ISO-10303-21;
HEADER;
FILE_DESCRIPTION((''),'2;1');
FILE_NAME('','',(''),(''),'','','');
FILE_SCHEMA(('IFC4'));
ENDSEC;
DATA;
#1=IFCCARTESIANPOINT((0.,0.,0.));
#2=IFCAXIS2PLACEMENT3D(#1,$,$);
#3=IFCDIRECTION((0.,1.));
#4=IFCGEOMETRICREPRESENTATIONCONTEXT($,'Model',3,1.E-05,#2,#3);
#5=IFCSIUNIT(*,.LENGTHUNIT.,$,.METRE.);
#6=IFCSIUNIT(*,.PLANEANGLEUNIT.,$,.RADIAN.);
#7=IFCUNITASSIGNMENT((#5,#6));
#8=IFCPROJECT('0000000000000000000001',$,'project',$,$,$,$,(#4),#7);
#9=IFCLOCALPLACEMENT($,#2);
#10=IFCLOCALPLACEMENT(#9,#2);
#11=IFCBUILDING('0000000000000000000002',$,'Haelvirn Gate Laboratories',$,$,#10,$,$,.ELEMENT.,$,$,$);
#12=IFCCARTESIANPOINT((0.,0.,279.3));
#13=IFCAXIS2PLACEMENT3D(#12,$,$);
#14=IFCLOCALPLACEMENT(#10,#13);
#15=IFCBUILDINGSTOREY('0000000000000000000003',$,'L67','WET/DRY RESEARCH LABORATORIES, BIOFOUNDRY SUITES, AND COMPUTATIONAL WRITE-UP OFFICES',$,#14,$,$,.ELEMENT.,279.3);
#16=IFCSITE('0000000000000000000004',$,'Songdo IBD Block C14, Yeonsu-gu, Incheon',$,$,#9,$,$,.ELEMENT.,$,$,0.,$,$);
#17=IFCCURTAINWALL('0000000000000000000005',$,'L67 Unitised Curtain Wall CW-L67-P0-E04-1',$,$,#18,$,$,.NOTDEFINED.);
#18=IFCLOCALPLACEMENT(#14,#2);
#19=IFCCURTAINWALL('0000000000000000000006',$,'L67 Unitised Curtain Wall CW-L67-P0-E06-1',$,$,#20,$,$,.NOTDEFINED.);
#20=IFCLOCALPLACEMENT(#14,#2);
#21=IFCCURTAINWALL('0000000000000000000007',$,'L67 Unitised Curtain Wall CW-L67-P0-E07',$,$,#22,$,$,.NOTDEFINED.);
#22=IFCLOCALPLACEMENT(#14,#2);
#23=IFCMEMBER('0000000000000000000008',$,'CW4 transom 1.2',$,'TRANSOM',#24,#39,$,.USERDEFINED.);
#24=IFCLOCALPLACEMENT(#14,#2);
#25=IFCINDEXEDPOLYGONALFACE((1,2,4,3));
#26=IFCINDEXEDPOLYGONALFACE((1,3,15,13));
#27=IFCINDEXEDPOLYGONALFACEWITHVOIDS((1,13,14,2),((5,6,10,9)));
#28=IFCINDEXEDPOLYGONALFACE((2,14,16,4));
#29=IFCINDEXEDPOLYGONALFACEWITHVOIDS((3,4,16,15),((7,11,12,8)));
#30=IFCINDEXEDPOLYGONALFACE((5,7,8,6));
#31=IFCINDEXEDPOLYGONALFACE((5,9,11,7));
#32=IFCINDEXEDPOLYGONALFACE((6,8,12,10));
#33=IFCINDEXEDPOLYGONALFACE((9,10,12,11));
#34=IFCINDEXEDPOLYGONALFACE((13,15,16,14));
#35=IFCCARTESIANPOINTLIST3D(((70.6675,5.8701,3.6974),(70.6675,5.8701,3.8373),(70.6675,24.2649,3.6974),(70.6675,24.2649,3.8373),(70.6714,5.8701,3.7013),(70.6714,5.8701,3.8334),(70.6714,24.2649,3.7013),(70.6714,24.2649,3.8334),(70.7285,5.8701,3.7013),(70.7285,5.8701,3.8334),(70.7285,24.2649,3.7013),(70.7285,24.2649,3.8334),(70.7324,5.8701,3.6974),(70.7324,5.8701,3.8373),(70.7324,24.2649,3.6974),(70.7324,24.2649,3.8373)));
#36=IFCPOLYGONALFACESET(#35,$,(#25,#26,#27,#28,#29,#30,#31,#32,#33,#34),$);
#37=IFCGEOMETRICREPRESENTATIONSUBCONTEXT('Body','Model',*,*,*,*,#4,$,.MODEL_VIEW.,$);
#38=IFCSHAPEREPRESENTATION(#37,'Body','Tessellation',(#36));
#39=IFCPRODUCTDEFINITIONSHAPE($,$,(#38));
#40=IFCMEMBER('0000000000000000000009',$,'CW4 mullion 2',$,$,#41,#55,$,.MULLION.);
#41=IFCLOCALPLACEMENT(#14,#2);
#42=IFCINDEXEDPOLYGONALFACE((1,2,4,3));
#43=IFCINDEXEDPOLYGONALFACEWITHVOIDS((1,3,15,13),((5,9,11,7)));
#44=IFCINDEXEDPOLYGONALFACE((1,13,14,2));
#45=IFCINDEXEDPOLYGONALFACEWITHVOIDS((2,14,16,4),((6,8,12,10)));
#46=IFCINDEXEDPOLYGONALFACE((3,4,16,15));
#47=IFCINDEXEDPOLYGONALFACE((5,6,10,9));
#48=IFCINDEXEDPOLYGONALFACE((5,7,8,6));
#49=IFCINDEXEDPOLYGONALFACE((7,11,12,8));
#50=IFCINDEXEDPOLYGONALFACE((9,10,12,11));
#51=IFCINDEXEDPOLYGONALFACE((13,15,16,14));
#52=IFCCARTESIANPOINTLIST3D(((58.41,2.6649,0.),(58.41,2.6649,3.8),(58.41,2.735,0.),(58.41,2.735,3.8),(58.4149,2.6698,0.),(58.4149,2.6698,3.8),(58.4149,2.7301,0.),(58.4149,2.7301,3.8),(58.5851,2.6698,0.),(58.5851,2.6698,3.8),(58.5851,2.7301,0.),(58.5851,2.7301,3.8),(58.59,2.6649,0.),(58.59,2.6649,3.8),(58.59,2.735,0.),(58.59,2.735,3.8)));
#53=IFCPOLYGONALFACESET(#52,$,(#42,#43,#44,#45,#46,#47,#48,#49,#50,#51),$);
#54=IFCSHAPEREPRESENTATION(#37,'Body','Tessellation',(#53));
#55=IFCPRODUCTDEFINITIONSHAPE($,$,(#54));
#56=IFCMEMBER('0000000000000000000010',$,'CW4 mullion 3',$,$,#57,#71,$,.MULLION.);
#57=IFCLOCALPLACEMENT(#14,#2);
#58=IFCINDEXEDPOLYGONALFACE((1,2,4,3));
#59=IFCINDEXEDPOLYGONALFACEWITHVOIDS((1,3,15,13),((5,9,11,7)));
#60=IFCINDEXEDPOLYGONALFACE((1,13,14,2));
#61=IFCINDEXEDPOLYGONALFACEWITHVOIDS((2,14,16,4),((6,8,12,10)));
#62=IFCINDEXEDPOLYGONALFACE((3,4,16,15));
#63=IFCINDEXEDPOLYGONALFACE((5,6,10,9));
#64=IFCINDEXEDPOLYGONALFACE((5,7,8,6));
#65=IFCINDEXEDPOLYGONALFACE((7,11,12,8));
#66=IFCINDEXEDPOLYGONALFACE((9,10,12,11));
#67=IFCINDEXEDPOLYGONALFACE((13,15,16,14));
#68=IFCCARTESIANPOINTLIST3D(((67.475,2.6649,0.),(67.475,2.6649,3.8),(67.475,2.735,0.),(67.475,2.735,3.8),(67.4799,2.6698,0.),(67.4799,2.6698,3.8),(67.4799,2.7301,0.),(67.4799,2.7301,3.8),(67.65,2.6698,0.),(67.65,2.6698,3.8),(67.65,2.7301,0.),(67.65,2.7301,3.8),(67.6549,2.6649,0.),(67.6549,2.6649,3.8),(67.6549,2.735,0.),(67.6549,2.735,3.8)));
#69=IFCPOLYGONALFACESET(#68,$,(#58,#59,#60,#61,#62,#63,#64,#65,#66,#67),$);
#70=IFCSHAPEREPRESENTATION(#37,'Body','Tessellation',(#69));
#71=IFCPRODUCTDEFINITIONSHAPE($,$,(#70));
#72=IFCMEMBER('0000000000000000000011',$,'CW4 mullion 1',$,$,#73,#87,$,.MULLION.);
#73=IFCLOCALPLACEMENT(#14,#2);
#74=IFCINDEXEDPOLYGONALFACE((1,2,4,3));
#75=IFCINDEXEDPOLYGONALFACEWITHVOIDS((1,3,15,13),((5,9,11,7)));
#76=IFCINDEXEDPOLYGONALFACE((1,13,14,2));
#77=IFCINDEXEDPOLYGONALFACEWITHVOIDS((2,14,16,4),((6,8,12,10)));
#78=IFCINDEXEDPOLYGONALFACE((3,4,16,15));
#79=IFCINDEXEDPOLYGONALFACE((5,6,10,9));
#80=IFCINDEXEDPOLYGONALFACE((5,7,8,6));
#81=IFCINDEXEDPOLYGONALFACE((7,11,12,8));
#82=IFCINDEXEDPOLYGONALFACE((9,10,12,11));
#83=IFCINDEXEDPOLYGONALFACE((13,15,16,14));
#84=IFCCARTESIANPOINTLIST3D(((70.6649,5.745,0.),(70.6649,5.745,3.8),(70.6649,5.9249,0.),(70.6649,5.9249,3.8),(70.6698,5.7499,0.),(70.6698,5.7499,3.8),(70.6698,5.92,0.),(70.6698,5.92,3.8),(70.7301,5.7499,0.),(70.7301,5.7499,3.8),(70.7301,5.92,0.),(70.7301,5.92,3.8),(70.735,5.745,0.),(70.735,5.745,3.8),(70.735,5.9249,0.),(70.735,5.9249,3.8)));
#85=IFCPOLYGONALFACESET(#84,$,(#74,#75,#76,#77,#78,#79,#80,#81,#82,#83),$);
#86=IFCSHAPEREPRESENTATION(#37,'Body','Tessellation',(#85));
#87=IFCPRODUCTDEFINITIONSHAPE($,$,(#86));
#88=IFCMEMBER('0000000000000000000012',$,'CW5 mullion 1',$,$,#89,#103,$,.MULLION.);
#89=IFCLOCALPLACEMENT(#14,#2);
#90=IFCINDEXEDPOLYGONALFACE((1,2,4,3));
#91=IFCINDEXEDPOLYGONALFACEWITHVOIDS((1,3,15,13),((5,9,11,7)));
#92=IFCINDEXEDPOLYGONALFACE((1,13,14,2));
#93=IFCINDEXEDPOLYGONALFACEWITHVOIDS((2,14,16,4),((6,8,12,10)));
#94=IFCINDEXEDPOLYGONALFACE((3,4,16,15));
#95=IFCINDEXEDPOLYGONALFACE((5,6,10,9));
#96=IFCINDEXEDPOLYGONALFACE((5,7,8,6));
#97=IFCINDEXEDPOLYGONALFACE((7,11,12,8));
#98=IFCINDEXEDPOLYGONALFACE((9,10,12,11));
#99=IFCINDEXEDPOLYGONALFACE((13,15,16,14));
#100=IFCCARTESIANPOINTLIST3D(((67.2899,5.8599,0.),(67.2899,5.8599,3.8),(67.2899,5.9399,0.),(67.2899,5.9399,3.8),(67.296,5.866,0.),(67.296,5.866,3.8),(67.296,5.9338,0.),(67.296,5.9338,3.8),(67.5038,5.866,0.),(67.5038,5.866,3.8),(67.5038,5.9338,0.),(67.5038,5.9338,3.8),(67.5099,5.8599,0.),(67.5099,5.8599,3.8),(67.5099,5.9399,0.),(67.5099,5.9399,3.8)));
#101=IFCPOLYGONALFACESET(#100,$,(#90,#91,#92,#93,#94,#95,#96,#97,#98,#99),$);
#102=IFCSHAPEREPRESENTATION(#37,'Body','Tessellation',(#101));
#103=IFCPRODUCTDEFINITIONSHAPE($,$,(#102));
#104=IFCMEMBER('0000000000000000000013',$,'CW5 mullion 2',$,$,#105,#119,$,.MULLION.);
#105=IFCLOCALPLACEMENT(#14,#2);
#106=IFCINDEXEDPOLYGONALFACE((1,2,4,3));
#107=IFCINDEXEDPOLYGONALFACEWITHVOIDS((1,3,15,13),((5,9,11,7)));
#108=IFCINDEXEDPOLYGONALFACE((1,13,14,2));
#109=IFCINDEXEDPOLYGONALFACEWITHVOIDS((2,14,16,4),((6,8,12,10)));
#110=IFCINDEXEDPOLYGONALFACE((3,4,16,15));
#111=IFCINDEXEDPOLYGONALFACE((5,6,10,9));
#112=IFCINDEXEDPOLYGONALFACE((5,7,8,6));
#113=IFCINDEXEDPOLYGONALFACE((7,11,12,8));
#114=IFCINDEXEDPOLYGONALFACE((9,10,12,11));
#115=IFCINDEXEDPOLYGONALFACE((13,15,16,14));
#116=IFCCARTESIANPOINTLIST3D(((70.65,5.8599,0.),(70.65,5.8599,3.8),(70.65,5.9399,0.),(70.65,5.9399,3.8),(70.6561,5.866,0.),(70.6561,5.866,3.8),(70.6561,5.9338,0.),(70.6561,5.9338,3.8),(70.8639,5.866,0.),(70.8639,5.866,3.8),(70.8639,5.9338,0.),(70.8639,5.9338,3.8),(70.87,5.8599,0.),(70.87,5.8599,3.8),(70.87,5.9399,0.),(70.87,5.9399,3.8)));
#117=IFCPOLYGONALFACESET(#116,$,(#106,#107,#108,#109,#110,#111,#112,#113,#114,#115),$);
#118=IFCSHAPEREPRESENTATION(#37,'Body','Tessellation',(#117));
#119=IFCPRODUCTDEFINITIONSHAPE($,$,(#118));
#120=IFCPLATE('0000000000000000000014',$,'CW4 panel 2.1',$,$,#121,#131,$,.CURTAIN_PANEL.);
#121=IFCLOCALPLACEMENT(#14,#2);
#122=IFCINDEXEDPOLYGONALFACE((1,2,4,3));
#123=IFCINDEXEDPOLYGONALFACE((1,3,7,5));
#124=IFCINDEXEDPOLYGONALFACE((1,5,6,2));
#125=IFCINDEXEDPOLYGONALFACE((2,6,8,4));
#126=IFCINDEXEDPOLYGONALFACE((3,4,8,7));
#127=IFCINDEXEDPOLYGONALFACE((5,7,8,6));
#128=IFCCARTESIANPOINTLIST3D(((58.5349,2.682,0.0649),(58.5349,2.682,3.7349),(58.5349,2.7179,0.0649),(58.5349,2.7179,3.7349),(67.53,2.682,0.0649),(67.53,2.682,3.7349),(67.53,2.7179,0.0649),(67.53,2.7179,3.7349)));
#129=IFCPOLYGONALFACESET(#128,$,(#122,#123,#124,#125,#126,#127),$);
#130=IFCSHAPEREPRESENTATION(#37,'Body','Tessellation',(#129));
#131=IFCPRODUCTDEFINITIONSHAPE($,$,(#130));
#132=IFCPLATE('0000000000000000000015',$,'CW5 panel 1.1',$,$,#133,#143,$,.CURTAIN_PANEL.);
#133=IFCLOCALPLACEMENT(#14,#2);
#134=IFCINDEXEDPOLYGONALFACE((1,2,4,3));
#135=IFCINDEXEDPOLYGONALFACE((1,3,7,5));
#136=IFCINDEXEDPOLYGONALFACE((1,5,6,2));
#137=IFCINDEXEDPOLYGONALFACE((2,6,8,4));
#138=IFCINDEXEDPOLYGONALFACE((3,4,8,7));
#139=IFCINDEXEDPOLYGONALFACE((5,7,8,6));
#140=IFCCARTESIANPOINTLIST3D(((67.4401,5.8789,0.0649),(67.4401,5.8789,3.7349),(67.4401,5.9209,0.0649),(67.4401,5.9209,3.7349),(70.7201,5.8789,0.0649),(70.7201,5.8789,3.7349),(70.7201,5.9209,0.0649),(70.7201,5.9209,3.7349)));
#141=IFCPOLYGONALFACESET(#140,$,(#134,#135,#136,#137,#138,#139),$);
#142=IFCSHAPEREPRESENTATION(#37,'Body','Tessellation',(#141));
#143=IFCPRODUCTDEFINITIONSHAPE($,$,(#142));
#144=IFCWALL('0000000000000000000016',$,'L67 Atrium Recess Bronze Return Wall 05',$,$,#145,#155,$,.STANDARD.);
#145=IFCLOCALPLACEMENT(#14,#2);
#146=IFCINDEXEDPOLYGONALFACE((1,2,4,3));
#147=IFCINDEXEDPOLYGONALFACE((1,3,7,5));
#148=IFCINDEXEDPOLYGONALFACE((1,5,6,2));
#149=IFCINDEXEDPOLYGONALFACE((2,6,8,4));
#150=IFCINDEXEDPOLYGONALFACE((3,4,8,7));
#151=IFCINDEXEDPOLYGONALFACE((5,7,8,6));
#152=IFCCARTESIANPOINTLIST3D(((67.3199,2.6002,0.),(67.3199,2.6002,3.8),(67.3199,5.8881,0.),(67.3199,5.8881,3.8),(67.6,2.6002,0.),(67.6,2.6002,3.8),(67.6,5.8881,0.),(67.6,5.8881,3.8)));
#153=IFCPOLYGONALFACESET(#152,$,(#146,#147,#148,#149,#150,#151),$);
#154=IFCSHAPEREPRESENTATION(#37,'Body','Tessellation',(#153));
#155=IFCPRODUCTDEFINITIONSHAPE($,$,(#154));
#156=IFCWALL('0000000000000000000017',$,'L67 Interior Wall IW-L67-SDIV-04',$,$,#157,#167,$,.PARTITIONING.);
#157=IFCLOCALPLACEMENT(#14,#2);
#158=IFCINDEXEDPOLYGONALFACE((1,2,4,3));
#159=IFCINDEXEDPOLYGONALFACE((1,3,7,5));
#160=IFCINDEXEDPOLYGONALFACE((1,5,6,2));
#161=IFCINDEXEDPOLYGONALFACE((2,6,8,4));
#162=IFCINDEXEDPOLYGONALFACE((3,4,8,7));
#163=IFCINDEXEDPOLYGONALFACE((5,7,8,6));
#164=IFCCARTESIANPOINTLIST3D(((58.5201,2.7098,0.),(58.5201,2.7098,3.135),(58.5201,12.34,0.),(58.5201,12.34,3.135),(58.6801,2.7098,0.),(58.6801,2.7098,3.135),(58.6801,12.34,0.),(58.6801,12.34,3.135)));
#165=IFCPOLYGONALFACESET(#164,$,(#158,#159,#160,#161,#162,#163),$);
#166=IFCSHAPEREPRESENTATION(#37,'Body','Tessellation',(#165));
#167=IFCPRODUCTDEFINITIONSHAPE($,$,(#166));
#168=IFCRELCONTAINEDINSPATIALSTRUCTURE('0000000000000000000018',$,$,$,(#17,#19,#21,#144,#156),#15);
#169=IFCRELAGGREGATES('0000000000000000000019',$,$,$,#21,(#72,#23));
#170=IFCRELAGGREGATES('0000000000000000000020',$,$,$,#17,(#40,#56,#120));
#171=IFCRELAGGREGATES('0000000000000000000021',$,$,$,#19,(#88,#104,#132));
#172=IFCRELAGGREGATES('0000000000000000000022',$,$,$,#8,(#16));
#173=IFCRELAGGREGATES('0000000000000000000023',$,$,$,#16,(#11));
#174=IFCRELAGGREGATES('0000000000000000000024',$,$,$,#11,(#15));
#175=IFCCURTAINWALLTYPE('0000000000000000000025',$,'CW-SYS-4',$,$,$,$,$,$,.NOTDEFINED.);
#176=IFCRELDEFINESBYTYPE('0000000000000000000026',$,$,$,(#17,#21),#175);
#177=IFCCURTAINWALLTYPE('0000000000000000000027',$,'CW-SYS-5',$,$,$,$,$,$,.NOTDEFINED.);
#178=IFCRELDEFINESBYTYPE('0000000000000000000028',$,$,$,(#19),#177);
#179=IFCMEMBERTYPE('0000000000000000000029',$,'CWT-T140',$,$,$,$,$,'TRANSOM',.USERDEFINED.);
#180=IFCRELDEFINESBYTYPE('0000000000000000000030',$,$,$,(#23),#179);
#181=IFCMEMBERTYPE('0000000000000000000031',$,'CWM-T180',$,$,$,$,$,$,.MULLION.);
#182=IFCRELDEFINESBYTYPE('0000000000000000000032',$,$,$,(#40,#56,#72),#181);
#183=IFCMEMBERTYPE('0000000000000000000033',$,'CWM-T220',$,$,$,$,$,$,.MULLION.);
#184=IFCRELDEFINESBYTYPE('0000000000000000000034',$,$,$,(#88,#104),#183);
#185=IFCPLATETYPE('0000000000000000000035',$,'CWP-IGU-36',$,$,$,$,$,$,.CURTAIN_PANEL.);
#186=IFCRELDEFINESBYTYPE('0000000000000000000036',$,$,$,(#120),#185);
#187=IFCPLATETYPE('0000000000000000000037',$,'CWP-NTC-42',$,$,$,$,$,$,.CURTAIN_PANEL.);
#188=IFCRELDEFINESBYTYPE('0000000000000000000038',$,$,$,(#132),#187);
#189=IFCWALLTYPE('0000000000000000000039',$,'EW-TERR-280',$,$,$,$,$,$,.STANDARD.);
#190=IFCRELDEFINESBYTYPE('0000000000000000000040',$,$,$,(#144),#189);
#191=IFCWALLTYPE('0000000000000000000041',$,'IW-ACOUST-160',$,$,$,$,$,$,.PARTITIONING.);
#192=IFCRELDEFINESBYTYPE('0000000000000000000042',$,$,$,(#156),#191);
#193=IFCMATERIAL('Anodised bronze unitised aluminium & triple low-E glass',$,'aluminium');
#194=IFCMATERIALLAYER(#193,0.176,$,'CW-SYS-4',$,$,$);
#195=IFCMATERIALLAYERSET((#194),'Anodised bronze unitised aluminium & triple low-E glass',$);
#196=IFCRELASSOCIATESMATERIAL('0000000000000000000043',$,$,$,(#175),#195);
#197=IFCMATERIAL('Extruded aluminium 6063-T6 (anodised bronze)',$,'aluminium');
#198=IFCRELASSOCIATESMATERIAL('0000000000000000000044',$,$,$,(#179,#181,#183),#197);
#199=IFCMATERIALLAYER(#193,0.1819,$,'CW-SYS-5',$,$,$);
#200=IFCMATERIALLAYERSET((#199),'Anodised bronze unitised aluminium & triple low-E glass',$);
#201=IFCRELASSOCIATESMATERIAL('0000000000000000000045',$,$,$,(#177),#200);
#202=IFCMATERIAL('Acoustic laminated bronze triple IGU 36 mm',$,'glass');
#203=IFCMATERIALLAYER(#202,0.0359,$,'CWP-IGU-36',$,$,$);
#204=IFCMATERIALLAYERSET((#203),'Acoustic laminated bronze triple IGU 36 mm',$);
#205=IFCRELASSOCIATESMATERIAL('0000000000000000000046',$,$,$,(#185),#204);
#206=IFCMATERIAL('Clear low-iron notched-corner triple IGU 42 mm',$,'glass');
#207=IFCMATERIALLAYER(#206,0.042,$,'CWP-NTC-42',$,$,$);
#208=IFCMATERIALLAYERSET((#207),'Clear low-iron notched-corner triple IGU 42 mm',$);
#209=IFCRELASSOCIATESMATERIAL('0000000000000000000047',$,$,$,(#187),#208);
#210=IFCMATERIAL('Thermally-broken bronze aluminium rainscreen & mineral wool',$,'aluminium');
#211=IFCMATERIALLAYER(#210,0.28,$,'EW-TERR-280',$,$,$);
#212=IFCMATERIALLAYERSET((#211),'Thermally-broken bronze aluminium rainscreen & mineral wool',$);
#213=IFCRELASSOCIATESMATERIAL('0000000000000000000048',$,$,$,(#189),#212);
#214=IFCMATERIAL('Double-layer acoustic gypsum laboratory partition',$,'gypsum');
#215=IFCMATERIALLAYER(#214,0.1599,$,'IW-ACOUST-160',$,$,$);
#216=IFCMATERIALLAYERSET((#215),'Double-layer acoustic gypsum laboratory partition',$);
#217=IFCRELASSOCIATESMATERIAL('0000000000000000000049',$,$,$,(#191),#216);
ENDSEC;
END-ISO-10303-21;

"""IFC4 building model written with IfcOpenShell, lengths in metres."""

from ifc_helpers import new_model, si_unit, direction, frame, frame_2d, origin, origin_2d, place, context, subcontext, project, spatial, rectangle, hollow_rectangle, extrude, source, transform, mapped, material, layer, layer_set, material_profile, profile_set, type_object, type_shapes, element, aggregate, save


model = new_model("IFC4")

# Units and contexts
model_context = context("Model", 3, precision=1e-05, world=origin(), true_north=direction((0.0, 1.0)))
body_context = subcontext(model_context, "Body", "Model", "MODEL_VIEW")
ifc_project = project(units=[si_unit("LENGTHUNIT", "METRE"), si_unit("PLANEANGLEUNIT", "RADIAN")], contexts=[model_context])

# Site, building, storey
site_placement = place(None, origin())
site = spatial("IfcSite", under=ifc_project, at=site_placement, Name="Songdo IBD Block C14, Yeonsu-gu, Incheon", CompositionType="ELEMENT", RefElevation=0.0)
building_placement = place(site_placement, origin())
building = spatial("IfcBuilding", under=site, at=building_placement, Name="Haelvirn Gate Laboratories", CompositionType="ELEMENT")
storey_placement = place(building_placement, frame((0.0, 0.0, 279.3)))
storey = spatial("IfcBuildingStorey", under=building, at=storey_placement, Name="L67", Description="WET/DRY RESEARCH LABORATORIES, BIOFOUNDRY SUITES, AND COMPUTATIONAL WRITE-UP OFFICES", CompositionType="ELEMENT", Elevation=279.3)

# Curtain walls, member
ifc_material_1 = material(Name="Anodised bronze unitised aluminium & triple low-E glass", Category="aluminium")
ifc_layer_1 = layer(ifc_material_1, 0.176, Name="CW-SYS-4")
ifc_layer_set_1 = layer_set([ifc_layer_1], Name="Anodised bronze unitised aluminium & triple low-E glass")
curtain_wall_type_1 = type_object("IfcCurtainWallType", Name="CW-SYS-4", PredefinedType="NOTDEFINED", material=ifc_layer_set_1)
curtain_wall_1_placement = place(storey_placement, origin())
curtain_wall_1 = element("IfcCurtainWall", 1, at=curtain_wall_1_placement, inside=storey, type_object=curtain_wall_type_1, Name="L67 Unitised Curtain Wall CW-L67-P0-E04-1", PredefinedType="NOTDEFINED")
ifc_material_2 = material(Name="Extruded aluminium 6063-T6 (anodised bronze)", Category="aluminium")
ifc_material_profile_1 = material_profile(ifc_material_2, hollow_rectangle(XDim=0.0649, YDim=0.1399, WallThickness=0.0039, at=origin_2d()), Name="CWT-140x65x4")
ifc_profile_set_1 = profile_set([ifc_material_profile_1], Name="Extruded aluminium 6063-T6 (anodised bronze)")
member_type_1 = type_object("IfcMemberType", Name="CWT-T140", ElementType="TRANSOM", PredefinedType="USERDEFINED", material=ifc_profile_set_1)
ifc_layer_2 = layer(ifc_material_1, 0.1819, Name="CW-SYS-5")
ifc_layer_set_2 = layer_set([ifc_layer_2], Name="Anodised bronze unitised aluminium & triple low-E glass")
curtain_wall_type_2 = type_object("IfcCurtainWallType", Name="CW-SYS-5", PredefinedType="NOTDEFINED", material=ifc_layer_set_2)
curtain_wall_2_placement = place(storey_placement, origin())
curtain_wall_2 = element("IfcCurtainWall", 2, at=curtain_wall_2_placement, inside=storey, type_object=curtain_wall_type_2, Name="L67 Unitised Curtain Wall CW-L67-P0-E06-1", PredefinedType="NOTDEFINED")
curtain_wall_3_placement = place(storey_placement, origin())
curtain_wall_3 = element("IfcCurtainWall", 3, at=curtain_wall_3_placement, inside=storey, type_object=curtain_wall_type_1, Name="L67 Unitised Curtain Wall CW-L67-P0-E07", PredefinedType="NOTDEFINED")
shared_shape_1 = source(origin(), body_context, "Body", "SweptSolid", [
    extrude(hollow_rectangle(XDim=0.0649, YDim=0.1399, WallThickness=0.0039, at=origin_2d()), origin(), (0.0, 0.0, 1.0), 18.3948),
])
member_1_placement = place(storey_placement, frame((70.7, 5.8701, 3.7673), z_axis=(0.0, 1.0, 0.0), x_axis=(-1.0, 0.0, 0.0)))
member_1 = element("IfcMember", 4, at=member_1_placement, type_object=member_type_1, Name="CW4 transom 1.2", ObjectType="TRANSOM", PredefinedType="USERDEFINED", context=body_context, shape_type="MappedRepresentation", body=[
    mapped(shared_shape_1, transform((0.0, 0.0, 0.0), scale=1.0)),
])

# Members
ifc_material_profile_2 = material_profile(ifc_material_2, hollow_rectangle(XDim=0.0701, YDim=0.1799, WallThickness=0.0049, at=origin_2d()), Name="CWM-180x70x5")
ifc_profile_set_2 = profile_set([ifc_material_profile_2], Name="Extruded aluminium 6063-T6 (anodised bronze)")
member_type_2 = type_object("IfcMemberType", Name="CWM-T180", PredefinedType="MULLION", material=ifc_profile_set_2)
shared_shape_2 = source(origin(), body_context, "Body", "SweptSolid", [
    extrude(hollow_rectangle(XDim=0.0701, YDim=0.1799, WallThickness=0.0049, at=origin_2d()), origin(), (0.0, 0.0, 1.0), 3.8),
])
type_shapes(member_type_2, [shared_shape_2])
member_2_placement = place(storey_placement, frame((58.5, 2.7, 0.0), z_axis=(0.0, 0.0, 1.0), x_axis=(0.0, 1.0, 0.0)))
member_2 = element("IfcMember", 5, at=member_2_placement, type_object=member_type_2, Name="CW4 mullion 2", PredefinedType="MULLION", context=body_context, shape_type="MappedRepresentation", body=[
    mapped(shared_shape_2, transform((0.0, 0.0, 0.0), scale=1.0)),
])
member_3_placement = place(storey_placement, frame((67.5649, 2.7, 0.0), z_axis=(0.0, 0.0, 1.0), x_axis=(0.0, 1.0, 0.0)))
member_3 = element("IfcMember", 6, at=member_3_placement, type_object=member_type_2, Name="CW4 mullion 3", PredefinedType="MULLION", context=body_context, shape_type="MappedRepresentation", body=[
    mapped(shared_shape_2, transform((0.0, 0.0, 0.0), scale=1.0)),
])
member_4_placement = place(storey_placement, frame((70.7, 5.835, 0.0), z_axis=(0.0, 0.0, 1.0), x_axis=(-1.0, 0.0, 0.0)))
member_4 = element("IfcMember", 7, at=member_4_placement, type_object=member_type_2, Name="CW4 mullion 1", PredefinedType="MULLION", context=body_context, shape_type="MappedRepresentation", body=[
    mapped(shared_shape_2, transform((0.0, 0.0, 0.0), scale=1.0)),
])
aggregate(curtain_wall_3, [member_4, member_1])
ifc_material_profile_3 = material_profile(ifc_material_2, hollow_rectangle(XDim=0.0801, YDim=0.22, WallThickness=0.0061, at=origin_2d()), Name="CWM-220x80x6")
ifc_profile_set_3 = profile_set([ifc_material_profile_3], Name="Extruded aluminium 6063-T6 (anodised bronze)")
member_type_3 = type_object("IfcMemberType", Name="CWM-T220", PredefinedType="MULLION", material=ifc_profile_set_3)
shared_shape_3 = source(origin(), body_context, "Body", "SweptSolid", [
    extrude(hollow_rectangle(XDim=0.0801, YDim=0.22, WallThickness=0.0061, at=origin_2d()), origin(), (0.0, 0.0, 1.0), 3.8),
])
type_shapes(member_type_3, [shared_shape_3])
member_5_placement = place(storey_placement, frame((67.3999, 5.8999, 0.0), z_axis=(0.0, 0.0, 1.0), x_axis=(0.0, 1.0, 0.0)))
member_5 = element("IfcMember", 8, at=member_5_placement, type_object=member_type_3, Name="CW5 mullion 1", PredefinedType="MULLION", context=body_context, shape_type="MappedRepresentation", body=[
    mapped(shared_shape_3, transform((0.0, 0.0, 0.0), scale=1.0)),
])
member_6_placement = place(storey_placement, frame((70.76, 5.8999, 0.0), z_axis=(0.0, 0.0, 1.0), x_axis=(0.0, 1.0, 0.0)))
member_6 = element("IfcMember", 9, at=member_6_placement, type_object=member_type_3, Name="CW5 mullion 2", PredefinedType="MULLION", context=body_context, shape_type="MappedRepresentation", body=[
    mapped(shared_shape_3, transform((0.0, 0.0, 0.0), scale=1.0)),
])

# Plates
ifc_material_3 = material(Name="Acoustic laminated bronze triple IGU 36 mm", Category="glass")
ifc_layer_3 = layer(ifc_material_3, 0.0359, Name="CWP-IGU-36")
ifc_layer_set_3 = layer_set([ifc_layer_3], Name="Acoustic laminated bronze triple IGU 36 mm")
plate_type_1 = type_object("IfcPlateType", Name="CWP-IGU-36", PredefinedType="CURTAIN_PANEL", material=ifc_layer_set_3)
shared_shape_4 = source(origin(), body_context, "Body", "SweptSolid", [
    extrude(rectangle(XDim=8.9951, YDim=0.0359, at=origin_2d()), origin(), (0.0, 0.0, 1.0), 3.6699),
])
type_shapes(plate_type_1, [shared_shape_4])
plate_1_placement = place(storey_placement, frame((63.0325, 2.7, 0.0649), z_axis=(0.0, 0.0, 1.0), x_axis=(1.0, 0.0, 0.0)))
plate_1 = element("IfcPlate", 10, at=plate_1_placement, type_object=plate_type_1, Name="CW4 panel 2.1", PredefinedType="CURTAIN_PANEL", context=body_context, shape_type="MappedRepresentation", body=[
    mapped(shared_shape_4, transform((0.0, 0.0, 0.0), scale=1.0)),
])
aggregate(curtain_wall_1, [member_2, member_3, plate_1])
ifc_material_4 = material(Name="Clear low-iron notched-corner triple IGU 42 mm", Category="glass")
ifc_layer_4 = layer(ifc_material_4, 0.042, Name="CWP-NTC-42")
ifc_layer_set_4 = layer_set([ifc_layer_4], Name="Clear low-iron notched-corner triple IGU 42 mm")
plate_type_2 = type_object("IfcPlateType", Name="CWP-NTC-42", PredefinedType="CURTAIN_PANEL", material=ifc_layer_set_4)
shared_shape_5 = source(origin(), body_context, "Body", "SweptSolid", [
    extrude(rectangle(XDim=3.28, YDim=0.042, at=origin_2d()), origin(), (0.0, 0.0, 1.0), 3.6699),
])
type_shapes(plate_type_2, [shared_shape_5])
plate_2_placement = place(storey_placement, frame((69.0801, 5.8999, 0.0649), z_axis=(0.0, 0.0, 1.0), x_axis=(1.0, 0.0, 0.0)))
plate_2 = element("IfcPlate", 11, at=plate_2_placement, type_object=plate_type_2, Name="CW5 panel 1.1", PredefinedType="CURTAIN_PANEL", context=body_context, shape_type="MappedRepresentation", body=[
    mapped(shared_shape_5, transform((0.0, 0.0, 0.0), scale=1.0)),
])
aggregate(curtain_wall_2, [member_5, member_6, plate_2])

# Walls
ifc_material_5 = material(Name="Thermally-broken bronze aluminium rainscreen & mineral wool", Category="aluminium")
ifc_layer_5 = layer(ifc_material_5, 0.28, Name="EW-TERR-280")
ifc_layer_set_5 = layer_set([ifc_layer_5], Name="Thermally-broken bronze aluminium rainscreen & mineral wool")
wall_type_1 = type_object("IfcWallType", Name="EW-TERR-280", PredefinedType="STANDARD", material=ifc_layer_set_5)
wall_1_placement = place(storey_placement, frame((67.46, 2.6001, 0.0), z_axis=(0.0, 0.0, 1.0), x_axis=(0.0, 1.0, 0.0)))
element("IfcWall", 12, at=wall_1_placement, inside=storey, type_object=wall_type_1, Name="L67 Atrium Recess Bronze Return Wall 05", PredefinedType="STANDARD", context=body_context, shape_type="SweptSolid", body=[
    extrude(rectangle(XDim=3.2878, YDim=0.28, at=frame_2d((1.644, 0.0))), origin(), (0.0, 0.0, 1.0), 3.8),
])
ifc_material_6 = material(Name="Double-layer acoustic gypsum laboratory partition", Category="gypsum")
ifc_layer_6 = layer(ifc_material_6, 0.1599, Name="IW-ACOUST-160")
ifc_layer_set_6 = layer_set([ifc_layer_6], Name="Double-layer acoustic gypsum laboratory partition")
wall_type_2 = type_object("IfcWallType", Name="IW-ACOUST-160", PredefinedType="PARTITIONING", material=ifc_layer_set_6)
wall_2_placement = place(storey_placement, frame((58.6001, 2.71, 0.0), z_axis=(0.0, 0.0, 1.0), x_axis=(0.0, 1.0, 0.0)))
element("IfcWall", 13, at=wall_2_placement, inside=storey, type_object=wall_type_2, Name="L67 Interior Wall IW-L67-SDIV-04", PredefinedType="PARTITIONING", context=body_context, shape_type="SweptSolid", body=[
    extrude(rectangle(XDim=9.6301, YDim=0.1599, at=frame_2d((4.8149, 0.0))), origin(), (0.0, 0.0, 1.0), 3.135),
])

save(model, "model.ifc")
